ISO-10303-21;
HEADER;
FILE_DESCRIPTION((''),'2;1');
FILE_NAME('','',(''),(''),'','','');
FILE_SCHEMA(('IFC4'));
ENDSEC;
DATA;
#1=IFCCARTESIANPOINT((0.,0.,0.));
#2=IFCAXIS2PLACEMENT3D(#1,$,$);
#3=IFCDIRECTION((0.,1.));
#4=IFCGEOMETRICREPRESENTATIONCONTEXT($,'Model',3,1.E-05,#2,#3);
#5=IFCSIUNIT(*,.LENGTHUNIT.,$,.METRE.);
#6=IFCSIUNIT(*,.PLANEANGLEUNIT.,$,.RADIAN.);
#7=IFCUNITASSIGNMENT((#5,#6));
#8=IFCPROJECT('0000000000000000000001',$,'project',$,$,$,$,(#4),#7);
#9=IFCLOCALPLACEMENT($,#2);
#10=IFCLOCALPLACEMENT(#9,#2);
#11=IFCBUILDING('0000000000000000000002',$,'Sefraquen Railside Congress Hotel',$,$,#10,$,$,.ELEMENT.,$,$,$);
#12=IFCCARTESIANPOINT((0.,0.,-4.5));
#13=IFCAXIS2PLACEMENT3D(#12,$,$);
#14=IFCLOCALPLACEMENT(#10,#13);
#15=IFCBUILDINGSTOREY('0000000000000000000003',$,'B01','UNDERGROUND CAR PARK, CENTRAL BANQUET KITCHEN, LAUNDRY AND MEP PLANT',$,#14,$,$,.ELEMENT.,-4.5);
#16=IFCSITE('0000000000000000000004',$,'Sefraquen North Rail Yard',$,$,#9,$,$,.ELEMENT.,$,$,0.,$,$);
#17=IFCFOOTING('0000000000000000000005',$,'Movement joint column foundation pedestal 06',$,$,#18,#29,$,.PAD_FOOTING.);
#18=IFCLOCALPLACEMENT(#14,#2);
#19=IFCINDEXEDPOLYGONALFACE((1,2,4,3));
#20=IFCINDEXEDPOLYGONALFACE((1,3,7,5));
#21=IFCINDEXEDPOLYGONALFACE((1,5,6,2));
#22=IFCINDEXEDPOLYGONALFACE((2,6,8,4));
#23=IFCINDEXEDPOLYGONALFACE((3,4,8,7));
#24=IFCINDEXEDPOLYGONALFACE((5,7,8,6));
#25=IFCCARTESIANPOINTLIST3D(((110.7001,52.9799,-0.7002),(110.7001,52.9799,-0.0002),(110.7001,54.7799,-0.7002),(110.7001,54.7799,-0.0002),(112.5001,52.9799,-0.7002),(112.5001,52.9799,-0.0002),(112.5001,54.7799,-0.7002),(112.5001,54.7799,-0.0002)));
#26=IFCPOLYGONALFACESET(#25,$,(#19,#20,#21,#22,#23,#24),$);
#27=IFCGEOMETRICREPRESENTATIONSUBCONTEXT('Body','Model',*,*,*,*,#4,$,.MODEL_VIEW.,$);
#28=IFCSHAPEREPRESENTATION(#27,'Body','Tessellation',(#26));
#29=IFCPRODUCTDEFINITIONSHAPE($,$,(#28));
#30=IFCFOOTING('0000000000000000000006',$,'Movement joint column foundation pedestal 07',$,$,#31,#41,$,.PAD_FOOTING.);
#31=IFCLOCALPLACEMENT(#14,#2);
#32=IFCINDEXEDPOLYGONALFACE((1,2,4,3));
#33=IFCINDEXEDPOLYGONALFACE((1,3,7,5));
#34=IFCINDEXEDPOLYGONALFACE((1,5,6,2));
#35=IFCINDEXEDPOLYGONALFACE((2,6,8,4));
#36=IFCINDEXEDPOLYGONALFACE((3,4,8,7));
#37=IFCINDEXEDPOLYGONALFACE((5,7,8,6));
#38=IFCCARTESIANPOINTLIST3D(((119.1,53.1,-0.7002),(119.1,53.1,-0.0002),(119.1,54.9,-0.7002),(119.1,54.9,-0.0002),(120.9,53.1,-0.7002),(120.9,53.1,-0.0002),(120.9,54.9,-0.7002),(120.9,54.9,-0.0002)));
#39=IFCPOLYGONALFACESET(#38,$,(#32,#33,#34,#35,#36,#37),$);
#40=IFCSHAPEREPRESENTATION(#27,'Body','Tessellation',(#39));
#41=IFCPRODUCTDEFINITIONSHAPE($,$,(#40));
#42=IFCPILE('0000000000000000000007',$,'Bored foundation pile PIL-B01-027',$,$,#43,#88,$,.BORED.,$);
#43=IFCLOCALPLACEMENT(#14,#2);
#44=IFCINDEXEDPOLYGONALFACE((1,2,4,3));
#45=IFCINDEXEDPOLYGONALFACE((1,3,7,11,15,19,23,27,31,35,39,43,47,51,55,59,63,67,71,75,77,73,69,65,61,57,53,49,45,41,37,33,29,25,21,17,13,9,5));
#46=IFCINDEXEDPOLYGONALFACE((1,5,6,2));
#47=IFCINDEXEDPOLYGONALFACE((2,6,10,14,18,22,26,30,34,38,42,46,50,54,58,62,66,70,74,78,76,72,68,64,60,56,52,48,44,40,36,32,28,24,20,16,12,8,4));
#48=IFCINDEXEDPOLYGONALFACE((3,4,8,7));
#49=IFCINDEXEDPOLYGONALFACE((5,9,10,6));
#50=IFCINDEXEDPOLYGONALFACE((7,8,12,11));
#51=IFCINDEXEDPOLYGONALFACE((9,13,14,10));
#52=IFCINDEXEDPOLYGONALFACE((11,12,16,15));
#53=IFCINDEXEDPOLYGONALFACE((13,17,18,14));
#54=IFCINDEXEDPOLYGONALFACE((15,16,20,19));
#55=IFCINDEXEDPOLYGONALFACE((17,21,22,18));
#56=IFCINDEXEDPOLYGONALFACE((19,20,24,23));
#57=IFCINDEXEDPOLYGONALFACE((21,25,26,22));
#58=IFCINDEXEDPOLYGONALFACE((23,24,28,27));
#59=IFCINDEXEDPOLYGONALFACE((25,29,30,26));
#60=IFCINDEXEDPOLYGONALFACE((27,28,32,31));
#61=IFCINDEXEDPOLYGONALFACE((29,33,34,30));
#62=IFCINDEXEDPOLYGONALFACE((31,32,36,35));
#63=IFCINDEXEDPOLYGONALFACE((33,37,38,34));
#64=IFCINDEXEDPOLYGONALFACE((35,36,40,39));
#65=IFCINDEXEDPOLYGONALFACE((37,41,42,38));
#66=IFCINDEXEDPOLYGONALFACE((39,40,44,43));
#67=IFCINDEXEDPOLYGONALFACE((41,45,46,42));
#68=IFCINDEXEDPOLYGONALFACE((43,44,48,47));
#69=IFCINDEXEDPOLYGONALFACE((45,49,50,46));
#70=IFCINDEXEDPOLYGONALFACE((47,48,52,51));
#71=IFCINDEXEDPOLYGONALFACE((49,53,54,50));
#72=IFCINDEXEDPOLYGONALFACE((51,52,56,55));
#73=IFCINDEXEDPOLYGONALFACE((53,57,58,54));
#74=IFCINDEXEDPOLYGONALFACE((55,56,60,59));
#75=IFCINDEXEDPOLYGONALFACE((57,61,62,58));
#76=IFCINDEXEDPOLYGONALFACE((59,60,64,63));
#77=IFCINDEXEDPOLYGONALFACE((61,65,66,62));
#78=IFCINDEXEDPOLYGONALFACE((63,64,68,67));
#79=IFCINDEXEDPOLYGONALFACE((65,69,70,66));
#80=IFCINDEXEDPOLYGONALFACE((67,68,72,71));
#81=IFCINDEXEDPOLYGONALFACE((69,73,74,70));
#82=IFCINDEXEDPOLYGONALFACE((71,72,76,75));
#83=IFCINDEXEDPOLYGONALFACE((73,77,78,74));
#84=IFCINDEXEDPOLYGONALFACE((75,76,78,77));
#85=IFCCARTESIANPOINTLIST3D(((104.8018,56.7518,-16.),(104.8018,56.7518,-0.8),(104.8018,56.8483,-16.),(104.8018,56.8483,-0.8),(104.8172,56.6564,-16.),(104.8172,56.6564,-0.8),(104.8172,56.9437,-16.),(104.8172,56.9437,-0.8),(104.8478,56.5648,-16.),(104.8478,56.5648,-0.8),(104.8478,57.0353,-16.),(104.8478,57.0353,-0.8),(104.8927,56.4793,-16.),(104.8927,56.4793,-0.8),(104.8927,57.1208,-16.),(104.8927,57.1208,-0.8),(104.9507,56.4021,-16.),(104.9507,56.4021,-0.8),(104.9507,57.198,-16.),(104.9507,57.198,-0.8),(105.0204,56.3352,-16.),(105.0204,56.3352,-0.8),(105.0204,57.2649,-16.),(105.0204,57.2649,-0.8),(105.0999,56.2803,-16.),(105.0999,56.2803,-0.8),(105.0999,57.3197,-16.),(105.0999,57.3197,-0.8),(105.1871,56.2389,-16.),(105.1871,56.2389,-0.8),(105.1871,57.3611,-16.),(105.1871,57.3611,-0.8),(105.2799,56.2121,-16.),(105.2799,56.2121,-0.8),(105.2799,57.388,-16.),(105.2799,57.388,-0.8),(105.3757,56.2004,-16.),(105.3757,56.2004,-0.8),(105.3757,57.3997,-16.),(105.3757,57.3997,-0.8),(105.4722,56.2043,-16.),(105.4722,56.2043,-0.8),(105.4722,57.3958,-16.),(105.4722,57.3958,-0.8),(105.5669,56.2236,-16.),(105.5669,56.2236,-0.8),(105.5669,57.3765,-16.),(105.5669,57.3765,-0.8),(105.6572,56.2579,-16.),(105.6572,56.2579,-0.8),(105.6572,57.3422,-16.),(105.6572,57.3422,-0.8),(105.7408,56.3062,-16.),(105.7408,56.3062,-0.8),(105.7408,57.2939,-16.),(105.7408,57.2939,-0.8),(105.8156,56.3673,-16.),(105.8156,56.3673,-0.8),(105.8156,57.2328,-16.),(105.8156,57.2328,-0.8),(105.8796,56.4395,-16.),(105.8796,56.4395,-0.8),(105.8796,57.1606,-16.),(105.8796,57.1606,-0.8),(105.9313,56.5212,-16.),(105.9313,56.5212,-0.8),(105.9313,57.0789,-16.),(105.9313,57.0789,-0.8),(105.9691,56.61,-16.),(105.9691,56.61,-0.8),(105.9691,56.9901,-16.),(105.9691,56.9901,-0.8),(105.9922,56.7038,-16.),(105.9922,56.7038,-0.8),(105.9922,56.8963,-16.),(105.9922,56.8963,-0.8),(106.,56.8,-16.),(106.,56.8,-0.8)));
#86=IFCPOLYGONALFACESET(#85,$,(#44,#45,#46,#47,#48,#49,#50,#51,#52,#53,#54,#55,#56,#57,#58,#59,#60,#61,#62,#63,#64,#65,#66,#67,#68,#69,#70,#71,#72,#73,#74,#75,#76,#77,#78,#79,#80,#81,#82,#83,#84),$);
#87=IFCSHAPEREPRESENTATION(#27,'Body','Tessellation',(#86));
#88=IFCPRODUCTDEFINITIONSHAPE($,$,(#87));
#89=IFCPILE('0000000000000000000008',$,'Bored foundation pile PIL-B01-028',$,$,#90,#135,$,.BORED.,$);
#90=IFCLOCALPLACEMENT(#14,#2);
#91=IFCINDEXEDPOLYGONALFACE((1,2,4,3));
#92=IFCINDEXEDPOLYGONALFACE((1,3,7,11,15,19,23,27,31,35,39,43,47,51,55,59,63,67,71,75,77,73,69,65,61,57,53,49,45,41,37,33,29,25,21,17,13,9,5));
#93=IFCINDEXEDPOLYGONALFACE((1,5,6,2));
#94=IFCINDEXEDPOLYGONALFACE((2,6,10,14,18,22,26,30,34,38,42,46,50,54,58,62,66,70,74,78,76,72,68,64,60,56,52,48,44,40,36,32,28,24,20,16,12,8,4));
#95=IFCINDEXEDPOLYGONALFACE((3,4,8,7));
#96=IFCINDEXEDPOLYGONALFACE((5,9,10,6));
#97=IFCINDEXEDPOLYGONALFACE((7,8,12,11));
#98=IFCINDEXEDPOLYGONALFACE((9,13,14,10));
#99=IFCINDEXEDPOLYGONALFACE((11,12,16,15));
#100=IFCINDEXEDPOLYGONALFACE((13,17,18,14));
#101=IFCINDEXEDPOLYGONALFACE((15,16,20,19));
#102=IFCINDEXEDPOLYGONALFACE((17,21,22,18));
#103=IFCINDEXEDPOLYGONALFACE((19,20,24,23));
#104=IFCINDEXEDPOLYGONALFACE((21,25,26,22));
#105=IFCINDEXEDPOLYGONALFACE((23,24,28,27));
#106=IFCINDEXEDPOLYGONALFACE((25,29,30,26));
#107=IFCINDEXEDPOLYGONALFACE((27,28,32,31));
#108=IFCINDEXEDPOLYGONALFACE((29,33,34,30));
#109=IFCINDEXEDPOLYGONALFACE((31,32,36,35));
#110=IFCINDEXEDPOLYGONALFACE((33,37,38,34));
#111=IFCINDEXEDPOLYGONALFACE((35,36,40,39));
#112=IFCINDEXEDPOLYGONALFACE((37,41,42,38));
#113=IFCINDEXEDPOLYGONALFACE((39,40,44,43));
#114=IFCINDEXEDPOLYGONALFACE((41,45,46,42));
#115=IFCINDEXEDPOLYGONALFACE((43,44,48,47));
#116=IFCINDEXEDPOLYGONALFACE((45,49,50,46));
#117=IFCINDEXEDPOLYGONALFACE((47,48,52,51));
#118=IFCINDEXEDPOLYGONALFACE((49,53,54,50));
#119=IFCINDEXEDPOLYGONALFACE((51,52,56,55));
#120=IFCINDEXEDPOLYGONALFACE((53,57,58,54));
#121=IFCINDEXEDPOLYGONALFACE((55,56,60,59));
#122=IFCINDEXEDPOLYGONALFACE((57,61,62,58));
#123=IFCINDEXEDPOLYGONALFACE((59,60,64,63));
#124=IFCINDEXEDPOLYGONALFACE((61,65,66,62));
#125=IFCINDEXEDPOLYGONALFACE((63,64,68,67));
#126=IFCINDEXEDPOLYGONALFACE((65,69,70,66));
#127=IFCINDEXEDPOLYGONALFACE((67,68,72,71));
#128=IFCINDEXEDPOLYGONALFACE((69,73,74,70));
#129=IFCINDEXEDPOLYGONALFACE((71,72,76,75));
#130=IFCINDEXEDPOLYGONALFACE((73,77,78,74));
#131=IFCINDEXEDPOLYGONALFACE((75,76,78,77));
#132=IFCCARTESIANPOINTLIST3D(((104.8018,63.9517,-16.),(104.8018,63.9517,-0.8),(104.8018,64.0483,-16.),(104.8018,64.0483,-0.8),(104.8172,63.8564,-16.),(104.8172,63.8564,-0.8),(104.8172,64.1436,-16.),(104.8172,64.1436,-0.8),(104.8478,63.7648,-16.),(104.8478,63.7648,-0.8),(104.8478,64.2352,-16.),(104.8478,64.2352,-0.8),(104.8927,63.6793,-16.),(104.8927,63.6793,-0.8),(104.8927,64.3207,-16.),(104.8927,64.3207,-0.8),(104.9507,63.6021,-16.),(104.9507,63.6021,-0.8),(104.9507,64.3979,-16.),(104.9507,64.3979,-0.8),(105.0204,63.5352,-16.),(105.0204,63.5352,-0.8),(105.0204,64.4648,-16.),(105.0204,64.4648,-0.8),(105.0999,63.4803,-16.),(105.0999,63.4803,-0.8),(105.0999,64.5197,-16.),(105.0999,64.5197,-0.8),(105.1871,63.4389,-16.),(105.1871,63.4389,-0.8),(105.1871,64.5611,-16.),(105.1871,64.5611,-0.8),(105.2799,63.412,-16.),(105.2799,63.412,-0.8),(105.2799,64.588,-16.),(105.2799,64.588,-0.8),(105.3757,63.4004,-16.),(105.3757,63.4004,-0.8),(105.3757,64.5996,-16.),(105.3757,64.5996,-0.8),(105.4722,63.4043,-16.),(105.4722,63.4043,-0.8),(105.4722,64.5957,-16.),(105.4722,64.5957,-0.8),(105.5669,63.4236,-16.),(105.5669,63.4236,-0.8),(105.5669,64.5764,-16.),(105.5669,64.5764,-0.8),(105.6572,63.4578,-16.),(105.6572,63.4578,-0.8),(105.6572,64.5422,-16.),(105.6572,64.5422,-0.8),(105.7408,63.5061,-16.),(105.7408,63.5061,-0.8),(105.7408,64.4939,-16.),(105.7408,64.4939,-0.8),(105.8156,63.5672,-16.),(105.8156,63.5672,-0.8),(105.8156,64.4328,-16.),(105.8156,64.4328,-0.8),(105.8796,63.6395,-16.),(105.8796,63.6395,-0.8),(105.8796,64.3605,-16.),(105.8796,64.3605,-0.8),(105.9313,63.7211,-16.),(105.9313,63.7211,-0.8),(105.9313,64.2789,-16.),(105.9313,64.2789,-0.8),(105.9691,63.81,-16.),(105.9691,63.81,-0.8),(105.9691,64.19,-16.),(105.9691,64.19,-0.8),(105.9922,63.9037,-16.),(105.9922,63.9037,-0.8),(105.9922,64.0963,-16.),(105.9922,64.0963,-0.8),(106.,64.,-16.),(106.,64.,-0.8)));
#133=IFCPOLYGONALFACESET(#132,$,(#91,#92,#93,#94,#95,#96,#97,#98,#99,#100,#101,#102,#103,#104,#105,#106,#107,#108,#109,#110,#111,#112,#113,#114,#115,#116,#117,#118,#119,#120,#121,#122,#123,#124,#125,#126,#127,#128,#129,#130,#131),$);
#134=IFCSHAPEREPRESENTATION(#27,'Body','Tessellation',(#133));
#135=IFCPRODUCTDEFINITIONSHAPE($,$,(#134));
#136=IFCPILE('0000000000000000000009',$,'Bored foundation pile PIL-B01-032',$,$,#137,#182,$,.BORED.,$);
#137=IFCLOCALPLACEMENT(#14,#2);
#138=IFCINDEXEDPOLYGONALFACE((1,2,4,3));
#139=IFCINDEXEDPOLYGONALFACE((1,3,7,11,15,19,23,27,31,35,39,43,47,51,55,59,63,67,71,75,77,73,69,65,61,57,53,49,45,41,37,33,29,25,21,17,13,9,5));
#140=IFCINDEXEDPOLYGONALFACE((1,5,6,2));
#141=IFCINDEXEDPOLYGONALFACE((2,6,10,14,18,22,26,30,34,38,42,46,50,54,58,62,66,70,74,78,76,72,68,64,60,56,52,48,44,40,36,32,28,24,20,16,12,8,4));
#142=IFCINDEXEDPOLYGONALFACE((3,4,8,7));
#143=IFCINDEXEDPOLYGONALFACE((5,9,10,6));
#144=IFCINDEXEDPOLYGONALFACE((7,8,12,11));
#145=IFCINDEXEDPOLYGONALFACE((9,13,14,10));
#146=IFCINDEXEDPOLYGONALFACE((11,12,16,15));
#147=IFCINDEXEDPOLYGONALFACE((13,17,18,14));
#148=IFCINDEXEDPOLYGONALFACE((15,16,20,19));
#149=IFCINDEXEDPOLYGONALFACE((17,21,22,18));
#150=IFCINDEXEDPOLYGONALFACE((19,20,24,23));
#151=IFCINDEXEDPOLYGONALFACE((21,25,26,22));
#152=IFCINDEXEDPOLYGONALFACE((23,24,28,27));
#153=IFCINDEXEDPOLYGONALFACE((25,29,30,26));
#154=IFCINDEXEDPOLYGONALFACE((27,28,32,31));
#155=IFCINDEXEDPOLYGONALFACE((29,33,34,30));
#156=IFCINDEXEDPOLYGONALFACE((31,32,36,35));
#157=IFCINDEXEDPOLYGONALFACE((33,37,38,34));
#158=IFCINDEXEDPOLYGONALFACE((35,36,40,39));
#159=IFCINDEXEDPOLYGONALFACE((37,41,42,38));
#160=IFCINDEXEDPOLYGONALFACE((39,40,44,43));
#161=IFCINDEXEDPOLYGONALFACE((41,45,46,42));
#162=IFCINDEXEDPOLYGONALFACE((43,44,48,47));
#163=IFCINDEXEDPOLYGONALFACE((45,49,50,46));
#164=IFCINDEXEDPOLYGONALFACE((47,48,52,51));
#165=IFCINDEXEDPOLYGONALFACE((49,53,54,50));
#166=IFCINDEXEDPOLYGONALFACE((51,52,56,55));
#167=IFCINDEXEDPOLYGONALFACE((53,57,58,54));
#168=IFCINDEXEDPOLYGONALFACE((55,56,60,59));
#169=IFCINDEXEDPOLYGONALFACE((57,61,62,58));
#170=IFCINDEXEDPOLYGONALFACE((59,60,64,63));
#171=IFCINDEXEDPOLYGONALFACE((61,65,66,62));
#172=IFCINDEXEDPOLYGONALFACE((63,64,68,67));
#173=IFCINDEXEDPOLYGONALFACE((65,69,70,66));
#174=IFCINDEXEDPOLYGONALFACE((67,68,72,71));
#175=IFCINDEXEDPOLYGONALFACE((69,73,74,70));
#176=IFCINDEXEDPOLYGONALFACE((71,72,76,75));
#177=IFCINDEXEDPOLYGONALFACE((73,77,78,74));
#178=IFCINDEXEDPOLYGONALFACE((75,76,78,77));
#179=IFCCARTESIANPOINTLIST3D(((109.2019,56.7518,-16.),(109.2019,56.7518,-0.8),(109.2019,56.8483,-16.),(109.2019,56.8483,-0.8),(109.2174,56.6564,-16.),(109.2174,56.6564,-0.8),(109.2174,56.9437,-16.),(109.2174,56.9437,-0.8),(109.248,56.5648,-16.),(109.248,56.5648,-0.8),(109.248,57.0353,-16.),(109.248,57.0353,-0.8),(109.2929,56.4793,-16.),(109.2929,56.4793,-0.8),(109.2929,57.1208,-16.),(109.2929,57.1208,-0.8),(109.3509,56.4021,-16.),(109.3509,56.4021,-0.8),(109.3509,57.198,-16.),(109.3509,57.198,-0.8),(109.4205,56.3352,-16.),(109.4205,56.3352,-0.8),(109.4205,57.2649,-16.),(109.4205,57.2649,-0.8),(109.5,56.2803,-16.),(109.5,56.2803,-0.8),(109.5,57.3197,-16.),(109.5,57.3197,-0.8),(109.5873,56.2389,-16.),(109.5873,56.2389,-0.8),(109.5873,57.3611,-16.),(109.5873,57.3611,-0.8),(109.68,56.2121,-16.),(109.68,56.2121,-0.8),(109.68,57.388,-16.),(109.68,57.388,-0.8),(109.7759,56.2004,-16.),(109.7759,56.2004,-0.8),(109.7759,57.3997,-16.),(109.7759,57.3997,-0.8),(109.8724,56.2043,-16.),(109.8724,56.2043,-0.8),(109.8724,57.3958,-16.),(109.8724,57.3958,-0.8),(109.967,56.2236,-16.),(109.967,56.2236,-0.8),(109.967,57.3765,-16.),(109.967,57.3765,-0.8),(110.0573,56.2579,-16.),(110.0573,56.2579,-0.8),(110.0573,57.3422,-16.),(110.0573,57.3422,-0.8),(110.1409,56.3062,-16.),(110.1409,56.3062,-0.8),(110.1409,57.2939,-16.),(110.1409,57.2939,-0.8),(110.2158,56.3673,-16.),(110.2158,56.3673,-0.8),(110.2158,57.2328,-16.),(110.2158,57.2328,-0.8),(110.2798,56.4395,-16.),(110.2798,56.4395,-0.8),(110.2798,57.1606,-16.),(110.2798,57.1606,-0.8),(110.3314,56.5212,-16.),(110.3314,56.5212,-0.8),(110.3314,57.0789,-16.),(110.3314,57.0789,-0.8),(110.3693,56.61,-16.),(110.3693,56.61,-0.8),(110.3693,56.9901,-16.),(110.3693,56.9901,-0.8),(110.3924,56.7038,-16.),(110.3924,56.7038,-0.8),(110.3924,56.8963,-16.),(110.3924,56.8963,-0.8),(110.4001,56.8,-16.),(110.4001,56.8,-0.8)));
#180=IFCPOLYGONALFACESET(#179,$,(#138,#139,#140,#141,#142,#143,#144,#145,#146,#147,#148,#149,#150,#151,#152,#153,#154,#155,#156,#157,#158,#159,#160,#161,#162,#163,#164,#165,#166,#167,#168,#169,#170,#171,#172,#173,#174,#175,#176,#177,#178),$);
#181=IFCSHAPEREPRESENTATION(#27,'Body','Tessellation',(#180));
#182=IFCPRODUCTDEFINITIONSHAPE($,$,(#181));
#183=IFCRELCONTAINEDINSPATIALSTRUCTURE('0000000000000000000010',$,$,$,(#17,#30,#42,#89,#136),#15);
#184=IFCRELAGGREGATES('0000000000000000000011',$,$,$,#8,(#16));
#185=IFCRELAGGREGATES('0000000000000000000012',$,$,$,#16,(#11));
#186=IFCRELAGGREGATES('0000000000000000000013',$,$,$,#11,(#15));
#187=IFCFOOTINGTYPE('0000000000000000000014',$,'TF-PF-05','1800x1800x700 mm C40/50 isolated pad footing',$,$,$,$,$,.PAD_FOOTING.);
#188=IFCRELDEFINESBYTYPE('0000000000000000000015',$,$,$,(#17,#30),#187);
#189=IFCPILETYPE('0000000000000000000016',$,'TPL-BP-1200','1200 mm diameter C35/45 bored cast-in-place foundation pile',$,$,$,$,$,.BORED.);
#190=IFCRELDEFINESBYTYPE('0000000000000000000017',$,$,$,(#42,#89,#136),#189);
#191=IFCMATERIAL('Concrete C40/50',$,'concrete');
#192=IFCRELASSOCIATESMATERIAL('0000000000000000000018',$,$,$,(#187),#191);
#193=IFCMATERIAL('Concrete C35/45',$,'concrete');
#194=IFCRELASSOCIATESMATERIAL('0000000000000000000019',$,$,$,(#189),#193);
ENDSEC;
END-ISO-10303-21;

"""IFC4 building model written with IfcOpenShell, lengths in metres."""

from ifc_helpers import new_model, si_unit, direction, frame, origin, origin_2d, place, context, subcontext, project, spatial, rectangle, circle, extrude, material, material_profile, profile_set, type_object, element, save


model = new_model("IFC4")

# Units and contexts
model_context = context("Model", 3, precision=1e-05, world=origin(), true_north=direction((0.0, 1.0)))
body_context = subcontext(model_context, "Body", "Model", "MODEL_VIEW")
ifc_project = project(units=[si_unit("LENGTHUNIT", "METRE"), si_unit("PLANEANGLEUNIT", "RADIAN")], contexts=[model_context])

# Site, building, storey
site_placement = place(None, origin())
site = spatial("IfcSite", under=ifc_project, at=site_placement, Name="Sefraquen North Rail Yard", CompositionType="ELEMENT", RefElevation=0.0)
building_placement = place(site_placement, origin())
building = spatial("IfcBuilding", under=site, at=building_placement, Name="Sefraquen Railside Congress Hotel", CompositionType="ELEMENT")
storey_placement = place(building_placement, frame((0.0, 0.0, -4.5)))
storey = spatial("IfcBuildingStorey", under=building, at=storey_placement, Name="B01", Description="UNDERGROUND CAR PARK, CENTRAL BANQUET KITCHEN, LAUNDRY AND MEP PLANT", CompositionType="ELEMENT", Elevation=-4.5)

# Footings
ifc_material_1 = material(Name="Concrete C40/50", Category="concrete")
footing_type = type_object("IfcFootingType", Name="TF-PF-05", Description="1800x1800x700 mm C40/50 isolated pad footing", PredefinedType="PAD_FOOTING", material=ifc_material_1)
for number, where, z_axis, x_axis, name in (
    (1, (111.6001, 53.8799, -0.7002), (0.0, 0.0, 1.0), (1.0, 0.0, 0.0), "Movement joint column foundation pedestal 06"),
    (2, (120.0, 54.0, -0.7002), (0.0, 0.0, 1.0), (1.0, 0.0, 0.0), "Movement joint column foundation pedestal 07"),
):
    element("IfcFooting", number, at=place(storey_placement, frame(where, z_axis=z_axis, x_axis=x_axis)), inside=storey, type_object=footing_type, Name=name, PredefinedType="PAD_FOOTING", context=body_context, shape_type="SweptSolid", body=[
        extrude(rectangle(XDim=1.8, YDim=1.8, at=origin_2d()), origin(), (0.0, 0.0, 1.0), 0.7),
    ])

# Piles
ifc_material_2 = material(Name="Concrete C35/45", Category="concrete")
ifc_material_profile_1 = material_profile(ifc_material_2, circle(Radius=0.6001, at=origin_2d()), Name="BORED PILE 1200")
ifc_profile_set_1 = profile_set([ifc_material_profile_1], Name="Concrete C35/45")
pile_type = type_object("IfcPileType", Name="TPL-BP-1200", Description="1200 mm diameter C35/45 bored cast-in-place foundation pile", PredefinedType="BORED", material=ifc_profile_set_1)
for number, where, z_axis, x_axis, name in (
    (3, (105.3999, 56.8, -0.8), (0.0, 0.0, -1.0), (1.0, 0.0, 0.0), "Bored foundation pile PIL-B01-027"),
    (4, (105.3999, 64.0, -0.8), (0.0, 0.0, -1.0), (1.0, 0.0, 0.0), "Bored foundation pile PIL-B01-028"),
    (5, (109.8, 56.8, -0.8), (0.0, 0.0, -1.0), (1.0, 0.0, 0.0), "Bored foundation pile PIL-B01-032"),
):
    element("IfcPile", number, at=place(storey_placement, frame(where, z_axis=z_axis, x_axis=x_axis)), inside=storey, type_object=pile_type, Name=name, PredefinedType="BORED", context=body_context, shape_type="SweptSolid", body=[
        extrude(circle(Radius=0.6001, at=origin_2d()), origin(), (0.0, 0.0, 1.0), 15.2),
    ])

save(model, "model.ifc")
